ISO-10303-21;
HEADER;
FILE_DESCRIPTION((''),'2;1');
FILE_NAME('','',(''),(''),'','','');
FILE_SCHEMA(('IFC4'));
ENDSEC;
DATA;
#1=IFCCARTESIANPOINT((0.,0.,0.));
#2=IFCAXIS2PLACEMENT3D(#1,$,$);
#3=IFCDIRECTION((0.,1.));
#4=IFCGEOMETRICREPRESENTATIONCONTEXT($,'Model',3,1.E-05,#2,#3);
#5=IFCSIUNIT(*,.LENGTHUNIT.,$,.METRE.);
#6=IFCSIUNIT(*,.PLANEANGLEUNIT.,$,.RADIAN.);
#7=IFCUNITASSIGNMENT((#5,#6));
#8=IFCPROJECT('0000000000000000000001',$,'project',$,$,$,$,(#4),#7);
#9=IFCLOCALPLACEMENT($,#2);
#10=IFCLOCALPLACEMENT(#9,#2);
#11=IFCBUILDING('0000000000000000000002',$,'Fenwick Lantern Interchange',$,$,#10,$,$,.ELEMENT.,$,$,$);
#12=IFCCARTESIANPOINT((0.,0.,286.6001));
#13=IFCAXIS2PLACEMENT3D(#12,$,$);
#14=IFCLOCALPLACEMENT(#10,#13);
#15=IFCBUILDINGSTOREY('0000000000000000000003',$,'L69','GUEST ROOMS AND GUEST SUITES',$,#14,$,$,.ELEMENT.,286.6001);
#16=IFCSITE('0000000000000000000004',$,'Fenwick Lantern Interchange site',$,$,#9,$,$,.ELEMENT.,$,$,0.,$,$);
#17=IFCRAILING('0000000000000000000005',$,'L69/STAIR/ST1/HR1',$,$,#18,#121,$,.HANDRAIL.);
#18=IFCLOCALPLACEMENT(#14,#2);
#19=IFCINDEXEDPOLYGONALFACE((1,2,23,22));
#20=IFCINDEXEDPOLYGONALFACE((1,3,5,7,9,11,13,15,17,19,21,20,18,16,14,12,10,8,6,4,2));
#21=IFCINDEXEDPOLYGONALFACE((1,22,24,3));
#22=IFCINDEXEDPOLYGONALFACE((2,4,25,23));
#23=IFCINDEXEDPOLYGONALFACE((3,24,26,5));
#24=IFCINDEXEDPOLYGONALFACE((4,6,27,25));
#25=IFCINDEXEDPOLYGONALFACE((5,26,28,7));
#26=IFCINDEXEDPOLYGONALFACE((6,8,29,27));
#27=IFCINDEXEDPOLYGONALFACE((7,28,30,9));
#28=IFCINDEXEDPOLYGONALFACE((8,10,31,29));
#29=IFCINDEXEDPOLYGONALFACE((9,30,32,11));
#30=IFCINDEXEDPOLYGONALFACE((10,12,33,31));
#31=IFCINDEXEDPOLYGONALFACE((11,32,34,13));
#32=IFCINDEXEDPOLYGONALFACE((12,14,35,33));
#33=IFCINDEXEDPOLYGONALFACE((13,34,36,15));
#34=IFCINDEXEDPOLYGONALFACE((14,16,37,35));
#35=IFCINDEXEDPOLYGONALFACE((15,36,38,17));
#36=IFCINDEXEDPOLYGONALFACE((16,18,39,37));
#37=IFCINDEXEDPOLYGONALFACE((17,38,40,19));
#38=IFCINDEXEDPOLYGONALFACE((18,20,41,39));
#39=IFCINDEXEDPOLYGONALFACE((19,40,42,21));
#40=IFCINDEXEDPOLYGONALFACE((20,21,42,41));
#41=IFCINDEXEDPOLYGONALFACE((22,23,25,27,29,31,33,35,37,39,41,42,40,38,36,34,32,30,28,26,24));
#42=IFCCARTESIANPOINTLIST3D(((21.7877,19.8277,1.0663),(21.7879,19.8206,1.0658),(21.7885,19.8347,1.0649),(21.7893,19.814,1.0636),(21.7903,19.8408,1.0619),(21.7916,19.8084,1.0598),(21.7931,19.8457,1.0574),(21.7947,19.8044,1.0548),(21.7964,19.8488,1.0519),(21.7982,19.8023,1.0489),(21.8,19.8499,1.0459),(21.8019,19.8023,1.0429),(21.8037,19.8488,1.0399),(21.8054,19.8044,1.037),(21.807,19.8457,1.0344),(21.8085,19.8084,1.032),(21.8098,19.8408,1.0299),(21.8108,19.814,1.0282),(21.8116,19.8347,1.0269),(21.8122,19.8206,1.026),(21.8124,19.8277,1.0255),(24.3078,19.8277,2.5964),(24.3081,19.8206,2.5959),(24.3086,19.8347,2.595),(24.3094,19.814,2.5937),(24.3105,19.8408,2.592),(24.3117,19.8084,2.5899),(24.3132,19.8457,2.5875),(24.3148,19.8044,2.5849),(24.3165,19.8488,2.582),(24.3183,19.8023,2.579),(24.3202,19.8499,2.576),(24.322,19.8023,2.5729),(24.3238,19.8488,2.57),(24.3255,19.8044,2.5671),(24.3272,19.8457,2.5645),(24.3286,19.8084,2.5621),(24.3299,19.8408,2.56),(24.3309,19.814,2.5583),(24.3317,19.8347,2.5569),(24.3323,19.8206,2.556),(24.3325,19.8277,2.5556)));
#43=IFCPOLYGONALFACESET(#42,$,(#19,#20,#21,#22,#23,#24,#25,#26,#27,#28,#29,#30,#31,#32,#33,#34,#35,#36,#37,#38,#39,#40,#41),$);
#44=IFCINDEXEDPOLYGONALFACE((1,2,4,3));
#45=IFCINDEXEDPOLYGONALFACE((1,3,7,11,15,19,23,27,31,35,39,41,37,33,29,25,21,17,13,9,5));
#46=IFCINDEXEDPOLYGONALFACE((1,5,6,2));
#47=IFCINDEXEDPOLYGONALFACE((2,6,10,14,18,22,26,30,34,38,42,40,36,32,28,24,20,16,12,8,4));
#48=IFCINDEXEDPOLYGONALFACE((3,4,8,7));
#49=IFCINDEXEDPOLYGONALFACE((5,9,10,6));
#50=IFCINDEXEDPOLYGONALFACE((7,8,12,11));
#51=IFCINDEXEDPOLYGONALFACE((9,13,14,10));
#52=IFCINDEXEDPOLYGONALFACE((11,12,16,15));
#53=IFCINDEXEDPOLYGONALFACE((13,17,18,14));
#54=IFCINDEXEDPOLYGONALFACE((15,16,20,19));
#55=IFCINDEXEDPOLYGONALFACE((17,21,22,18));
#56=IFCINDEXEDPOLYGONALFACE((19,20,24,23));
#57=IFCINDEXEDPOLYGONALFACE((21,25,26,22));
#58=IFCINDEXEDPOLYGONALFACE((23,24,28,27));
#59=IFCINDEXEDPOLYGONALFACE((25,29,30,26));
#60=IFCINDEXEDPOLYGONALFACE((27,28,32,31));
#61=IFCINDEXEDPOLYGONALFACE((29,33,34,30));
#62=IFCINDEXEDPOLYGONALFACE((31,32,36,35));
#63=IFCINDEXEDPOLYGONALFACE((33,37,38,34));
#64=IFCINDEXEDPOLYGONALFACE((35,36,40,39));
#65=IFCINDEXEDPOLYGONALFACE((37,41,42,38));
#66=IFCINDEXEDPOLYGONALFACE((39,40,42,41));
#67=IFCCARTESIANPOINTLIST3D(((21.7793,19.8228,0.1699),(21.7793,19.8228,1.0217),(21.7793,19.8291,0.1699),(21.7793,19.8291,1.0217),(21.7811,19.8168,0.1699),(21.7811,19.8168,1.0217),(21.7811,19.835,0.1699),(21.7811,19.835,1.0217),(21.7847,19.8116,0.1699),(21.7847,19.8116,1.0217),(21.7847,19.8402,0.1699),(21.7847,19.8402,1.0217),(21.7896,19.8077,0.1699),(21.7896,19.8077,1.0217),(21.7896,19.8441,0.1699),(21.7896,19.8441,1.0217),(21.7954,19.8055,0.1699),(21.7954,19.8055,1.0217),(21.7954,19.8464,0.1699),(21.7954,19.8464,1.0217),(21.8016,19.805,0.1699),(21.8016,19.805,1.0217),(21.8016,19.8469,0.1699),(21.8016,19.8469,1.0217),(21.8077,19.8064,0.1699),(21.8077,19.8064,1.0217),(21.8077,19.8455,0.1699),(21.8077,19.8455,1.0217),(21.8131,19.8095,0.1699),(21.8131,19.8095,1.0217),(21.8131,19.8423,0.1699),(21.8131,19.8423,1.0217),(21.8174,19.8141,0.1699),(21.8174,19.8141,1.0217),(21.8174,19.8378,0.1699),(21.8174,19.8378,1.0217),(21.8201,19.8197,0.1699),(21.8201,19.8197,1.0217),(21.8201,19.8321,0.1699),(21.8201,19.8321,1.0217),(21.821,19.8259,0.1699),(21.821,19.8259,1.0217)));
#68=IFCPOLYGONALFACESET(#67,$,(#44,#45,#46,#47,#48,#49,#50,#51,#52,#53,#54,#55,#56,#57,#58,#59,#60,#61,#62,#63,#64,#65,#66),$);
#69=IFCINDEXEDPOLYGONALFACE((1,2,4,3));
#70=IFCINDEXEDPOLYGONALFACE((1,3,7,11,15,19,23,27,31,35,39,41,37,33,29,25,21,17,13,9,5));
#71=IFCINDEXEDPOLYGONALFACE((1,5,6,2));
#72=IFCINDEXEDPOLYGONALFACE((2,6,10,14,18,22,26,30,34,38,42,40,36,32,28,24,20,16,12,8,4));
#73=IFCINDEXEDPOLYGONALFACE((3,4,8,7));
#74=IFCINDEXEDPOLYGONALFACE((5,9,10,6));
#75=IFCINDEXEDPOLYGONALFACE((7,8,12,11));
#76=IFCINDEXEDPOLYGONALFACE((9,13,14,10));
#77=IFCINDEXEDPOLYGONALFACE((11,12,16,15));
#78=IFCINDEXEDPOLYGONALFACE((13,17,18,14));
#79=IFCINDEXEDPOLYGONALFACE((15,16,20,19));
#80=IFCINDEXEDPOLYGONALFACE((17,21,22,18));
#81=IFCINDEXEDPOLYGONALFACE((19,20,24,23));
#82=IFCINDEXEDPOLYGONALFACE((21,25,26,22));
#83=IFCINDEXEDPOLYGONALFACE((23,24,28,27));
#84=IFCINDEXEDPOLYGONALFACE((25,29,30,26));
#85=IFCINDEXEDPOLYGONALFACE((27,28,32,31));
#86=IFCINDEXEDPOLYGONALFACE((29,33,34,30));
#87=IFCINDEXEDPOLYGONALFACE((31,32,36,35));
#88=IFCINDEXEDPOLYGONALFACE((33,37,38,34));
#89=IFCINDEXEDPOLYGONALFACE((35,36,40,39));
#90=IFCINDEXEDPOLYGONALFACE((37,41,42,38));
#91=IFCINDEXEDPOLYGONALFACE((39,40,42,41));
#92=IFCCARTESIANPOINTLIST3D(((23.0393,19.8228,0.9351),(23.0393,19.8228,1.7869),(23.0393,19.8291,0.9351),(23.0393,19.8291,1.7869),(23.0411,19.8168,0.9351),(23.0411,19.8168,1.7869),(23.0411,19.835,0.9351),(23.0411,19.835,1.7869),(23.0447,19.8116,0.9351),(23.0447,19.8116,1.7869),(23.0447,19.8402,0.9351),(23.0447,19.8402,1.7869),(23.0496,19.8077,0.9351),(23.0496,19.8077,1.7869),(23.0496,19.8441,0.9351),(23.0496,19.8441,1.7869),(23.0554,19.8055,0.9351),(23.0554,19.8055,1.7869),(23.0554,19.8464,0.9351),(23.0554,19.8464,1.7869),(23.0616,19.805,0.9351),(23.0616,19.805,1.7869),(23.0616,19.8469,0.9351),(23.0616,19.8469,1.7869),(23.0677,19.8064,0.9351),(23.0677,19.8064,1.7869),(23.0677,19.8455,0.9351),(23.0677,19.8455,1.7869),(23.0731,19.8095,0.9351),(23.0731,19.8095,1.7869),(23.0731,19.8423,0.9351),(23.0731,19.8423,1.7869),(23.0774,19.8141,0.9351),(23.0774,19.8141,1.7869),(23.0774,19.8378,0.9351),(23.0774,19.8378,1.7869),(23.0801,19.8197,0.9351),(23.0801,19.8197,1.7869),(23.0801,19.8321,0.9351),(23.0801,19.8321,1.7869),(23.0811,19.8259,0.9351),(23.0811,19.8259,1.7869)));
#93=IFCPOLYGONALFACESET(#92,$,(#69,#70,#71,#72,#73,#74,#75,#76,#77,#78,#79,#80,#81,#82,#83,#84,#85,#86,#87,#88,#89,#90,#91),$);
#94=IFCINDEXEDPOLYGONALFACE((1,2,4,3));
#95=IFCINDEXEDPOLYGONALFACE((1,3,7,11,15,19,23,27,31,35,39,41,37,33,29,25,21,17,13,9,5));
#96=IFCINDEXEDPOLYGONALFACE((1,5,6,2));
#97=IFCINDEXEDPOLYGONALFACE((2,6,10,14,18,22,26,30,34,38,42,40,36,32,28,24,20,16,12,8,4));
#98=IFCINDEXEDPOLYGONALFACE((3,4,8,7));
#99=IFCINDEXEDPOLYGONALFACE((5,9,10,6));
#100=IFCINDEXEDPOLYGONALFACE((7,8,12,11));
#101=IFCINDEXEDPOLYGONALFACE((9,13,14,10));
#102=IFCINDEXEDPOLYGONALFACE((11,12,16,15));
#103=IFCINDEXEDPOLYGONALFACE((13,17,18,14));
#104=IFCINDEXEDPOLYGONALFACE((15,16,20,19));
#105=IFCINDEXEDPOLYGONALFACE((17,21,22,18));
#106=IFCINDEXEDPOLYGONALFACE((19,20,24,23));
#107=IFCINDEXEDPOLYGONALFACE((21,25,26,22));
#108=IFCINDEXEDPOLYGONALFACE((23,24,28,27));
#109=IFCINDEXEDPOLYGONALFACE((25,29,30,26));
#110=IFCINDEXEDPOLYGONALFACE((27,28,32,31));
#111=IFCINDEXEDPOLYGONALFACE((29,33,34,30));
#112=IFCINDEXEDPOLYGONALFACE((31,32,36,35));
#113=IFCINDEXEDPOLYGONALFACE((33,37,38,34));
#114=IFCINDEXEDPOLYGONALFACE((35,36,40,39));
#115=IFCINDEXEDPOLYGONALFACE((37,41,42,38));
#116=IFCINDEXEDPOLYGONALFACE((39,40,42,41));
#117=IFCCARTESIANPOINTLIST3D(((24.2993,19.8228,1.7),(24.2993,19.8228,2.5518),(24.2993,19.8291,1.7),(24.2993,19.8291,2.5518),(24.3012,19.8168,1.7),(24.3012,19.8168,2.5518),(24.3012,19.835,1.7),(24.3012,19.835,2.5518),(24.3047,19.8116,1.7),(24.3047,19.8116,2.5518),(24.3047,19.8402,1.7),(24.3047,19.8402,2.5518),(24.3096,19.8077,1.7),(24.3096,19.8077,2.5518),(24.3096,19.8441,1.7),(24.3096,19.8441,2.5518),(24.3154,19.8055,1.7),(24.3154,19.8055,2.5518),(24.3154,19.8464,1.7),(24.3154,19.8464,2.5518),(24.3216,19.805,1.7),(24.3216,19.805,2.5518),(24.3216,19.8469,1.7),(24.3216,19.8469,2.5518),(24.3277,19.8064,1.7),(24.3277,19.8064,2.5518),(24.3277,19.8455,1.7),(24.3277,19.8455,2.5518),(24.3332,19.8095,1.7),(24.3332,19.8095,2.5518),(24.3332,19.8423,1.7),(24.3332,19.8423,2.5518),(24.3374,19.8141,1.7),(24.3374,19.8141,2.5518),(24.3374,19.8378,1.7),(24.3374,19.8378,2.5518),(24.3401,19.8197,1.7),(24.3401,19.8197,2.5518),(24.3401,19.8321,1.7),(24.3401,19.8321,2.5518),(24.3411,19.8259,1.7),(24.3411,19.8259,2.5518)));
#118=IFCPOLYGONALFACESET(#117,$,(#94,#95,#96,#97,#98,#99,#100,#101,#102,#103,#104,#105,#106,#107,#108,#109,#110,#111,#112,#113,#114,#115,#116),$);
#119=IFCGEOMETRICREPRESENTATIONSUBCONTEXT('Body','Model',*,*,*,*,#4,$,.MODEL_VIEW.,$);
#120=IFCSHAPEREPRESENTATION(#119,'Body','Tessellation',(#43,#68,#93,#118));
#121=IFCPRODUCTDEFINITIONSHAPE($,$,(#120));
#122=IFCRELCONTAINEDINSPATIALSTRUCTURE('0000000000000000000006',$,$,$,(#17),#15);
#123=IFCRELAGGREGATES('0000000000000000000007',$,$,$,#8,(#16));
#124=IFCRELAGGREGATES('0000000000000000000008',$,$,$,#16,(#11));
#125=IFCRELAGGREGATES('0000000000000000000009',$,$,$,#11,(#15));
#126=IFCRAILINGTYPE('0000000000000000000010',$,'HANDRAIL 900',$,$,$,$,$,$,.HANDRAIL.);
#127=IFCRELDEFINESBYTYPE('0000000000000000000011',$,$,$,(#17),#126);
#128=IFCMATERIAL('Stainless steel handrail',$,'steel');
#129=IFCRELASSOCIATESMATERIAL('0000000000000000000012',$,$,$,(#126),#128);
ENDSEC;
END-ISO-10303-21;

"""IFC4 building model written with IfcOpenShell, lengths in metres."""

from ifc_helpers import new_model, si_unit, direction, frame, origin, origin_2d, place, context, subcontext, project, spatial, circle, extrude, material, type_object, element, save


model = new_model("IFC4")

# Units and contexts
model_context = context("Model", 3, precision=1e-05, world=origin(), true_north=direction((0.0, 1.0)))
body_context = subcontext(model_context, "Body", "Model", "MODEL_VIEW")
ifc_project = project(units=[si_unit("LENGTHUNIT", "METRE"), si_unit("PLANEANGLEUNIT", "RADIAN")], contexts=[model_context])

# Site, building, storey
site_placement = place(None, origin())
site = spatial("IfcSite", under=ifc_project, at=site_placement, Name="Fenwick Lantern Interchange site", CompositionType="ELEMENT", RefElevation=0.0)
building_placement = place(site_placement, origin())
building = spatial("IfcBuilding", under=site, at=building_placement, Name="Fenwick Lantern Interchange", CompositionType="ELEMENT")
storey_placement = place(building_placement, frame((0.0, 0.0, 286.6001)))
storey = spatial("IfcBuildingStorey", under=building, at=storey_placement, Name="L69", Description="GUEST ROOMS AND GUEST SUITES", CompositionType="ELEMENT", Elevation=286.6001)

# Railing
ifc_material_1 = material(Name="Stainless steel handrail", Category="steel")
railing_type = type_object("IfcRailingType", Name="HANDRAIL 900", PredefinedType="HANDRAIL", material=ifc_material_1)
railing_placement = place(storey_placement, frame((21.8, 19.8259, 0.1699)))
element("IfcRailing", 1, at=railing_placement, inside=storey, type_object=railing_type, Name="L69/STAIR/ST1/HR1", PredefinedType="HANDRAIL", context=body_context, shape_type="SweptSolid", body=[
    extrude(circle(Radius=0.0239, at=origin_2d()), frame((0.0, 0.0, 0.876), z_axis=(0.854785, 0.0, 0.518982), x_axis=(0.0, 1.0, 0.0)), (0.0, 0.0, 1.0), 2.9482),
    extrude(circle(Radius=0.021, at=origin_2d()), origin(), (0.0, 0.0, 1.0), 0.8518),
    extrude(circle(Radius=0.021, at=origin_2d()), frame((1.26, 0.0, 0.7651)), (0.0, 0.0, 1.0), 0.8518),
    extrude(circle(Radius=0.021, at=origin_2d()), frame((2.52, 0.0, 1.53)), (0.0, 0.0, 1.0), 0.8518),
])

save(model, "model.ifc")
